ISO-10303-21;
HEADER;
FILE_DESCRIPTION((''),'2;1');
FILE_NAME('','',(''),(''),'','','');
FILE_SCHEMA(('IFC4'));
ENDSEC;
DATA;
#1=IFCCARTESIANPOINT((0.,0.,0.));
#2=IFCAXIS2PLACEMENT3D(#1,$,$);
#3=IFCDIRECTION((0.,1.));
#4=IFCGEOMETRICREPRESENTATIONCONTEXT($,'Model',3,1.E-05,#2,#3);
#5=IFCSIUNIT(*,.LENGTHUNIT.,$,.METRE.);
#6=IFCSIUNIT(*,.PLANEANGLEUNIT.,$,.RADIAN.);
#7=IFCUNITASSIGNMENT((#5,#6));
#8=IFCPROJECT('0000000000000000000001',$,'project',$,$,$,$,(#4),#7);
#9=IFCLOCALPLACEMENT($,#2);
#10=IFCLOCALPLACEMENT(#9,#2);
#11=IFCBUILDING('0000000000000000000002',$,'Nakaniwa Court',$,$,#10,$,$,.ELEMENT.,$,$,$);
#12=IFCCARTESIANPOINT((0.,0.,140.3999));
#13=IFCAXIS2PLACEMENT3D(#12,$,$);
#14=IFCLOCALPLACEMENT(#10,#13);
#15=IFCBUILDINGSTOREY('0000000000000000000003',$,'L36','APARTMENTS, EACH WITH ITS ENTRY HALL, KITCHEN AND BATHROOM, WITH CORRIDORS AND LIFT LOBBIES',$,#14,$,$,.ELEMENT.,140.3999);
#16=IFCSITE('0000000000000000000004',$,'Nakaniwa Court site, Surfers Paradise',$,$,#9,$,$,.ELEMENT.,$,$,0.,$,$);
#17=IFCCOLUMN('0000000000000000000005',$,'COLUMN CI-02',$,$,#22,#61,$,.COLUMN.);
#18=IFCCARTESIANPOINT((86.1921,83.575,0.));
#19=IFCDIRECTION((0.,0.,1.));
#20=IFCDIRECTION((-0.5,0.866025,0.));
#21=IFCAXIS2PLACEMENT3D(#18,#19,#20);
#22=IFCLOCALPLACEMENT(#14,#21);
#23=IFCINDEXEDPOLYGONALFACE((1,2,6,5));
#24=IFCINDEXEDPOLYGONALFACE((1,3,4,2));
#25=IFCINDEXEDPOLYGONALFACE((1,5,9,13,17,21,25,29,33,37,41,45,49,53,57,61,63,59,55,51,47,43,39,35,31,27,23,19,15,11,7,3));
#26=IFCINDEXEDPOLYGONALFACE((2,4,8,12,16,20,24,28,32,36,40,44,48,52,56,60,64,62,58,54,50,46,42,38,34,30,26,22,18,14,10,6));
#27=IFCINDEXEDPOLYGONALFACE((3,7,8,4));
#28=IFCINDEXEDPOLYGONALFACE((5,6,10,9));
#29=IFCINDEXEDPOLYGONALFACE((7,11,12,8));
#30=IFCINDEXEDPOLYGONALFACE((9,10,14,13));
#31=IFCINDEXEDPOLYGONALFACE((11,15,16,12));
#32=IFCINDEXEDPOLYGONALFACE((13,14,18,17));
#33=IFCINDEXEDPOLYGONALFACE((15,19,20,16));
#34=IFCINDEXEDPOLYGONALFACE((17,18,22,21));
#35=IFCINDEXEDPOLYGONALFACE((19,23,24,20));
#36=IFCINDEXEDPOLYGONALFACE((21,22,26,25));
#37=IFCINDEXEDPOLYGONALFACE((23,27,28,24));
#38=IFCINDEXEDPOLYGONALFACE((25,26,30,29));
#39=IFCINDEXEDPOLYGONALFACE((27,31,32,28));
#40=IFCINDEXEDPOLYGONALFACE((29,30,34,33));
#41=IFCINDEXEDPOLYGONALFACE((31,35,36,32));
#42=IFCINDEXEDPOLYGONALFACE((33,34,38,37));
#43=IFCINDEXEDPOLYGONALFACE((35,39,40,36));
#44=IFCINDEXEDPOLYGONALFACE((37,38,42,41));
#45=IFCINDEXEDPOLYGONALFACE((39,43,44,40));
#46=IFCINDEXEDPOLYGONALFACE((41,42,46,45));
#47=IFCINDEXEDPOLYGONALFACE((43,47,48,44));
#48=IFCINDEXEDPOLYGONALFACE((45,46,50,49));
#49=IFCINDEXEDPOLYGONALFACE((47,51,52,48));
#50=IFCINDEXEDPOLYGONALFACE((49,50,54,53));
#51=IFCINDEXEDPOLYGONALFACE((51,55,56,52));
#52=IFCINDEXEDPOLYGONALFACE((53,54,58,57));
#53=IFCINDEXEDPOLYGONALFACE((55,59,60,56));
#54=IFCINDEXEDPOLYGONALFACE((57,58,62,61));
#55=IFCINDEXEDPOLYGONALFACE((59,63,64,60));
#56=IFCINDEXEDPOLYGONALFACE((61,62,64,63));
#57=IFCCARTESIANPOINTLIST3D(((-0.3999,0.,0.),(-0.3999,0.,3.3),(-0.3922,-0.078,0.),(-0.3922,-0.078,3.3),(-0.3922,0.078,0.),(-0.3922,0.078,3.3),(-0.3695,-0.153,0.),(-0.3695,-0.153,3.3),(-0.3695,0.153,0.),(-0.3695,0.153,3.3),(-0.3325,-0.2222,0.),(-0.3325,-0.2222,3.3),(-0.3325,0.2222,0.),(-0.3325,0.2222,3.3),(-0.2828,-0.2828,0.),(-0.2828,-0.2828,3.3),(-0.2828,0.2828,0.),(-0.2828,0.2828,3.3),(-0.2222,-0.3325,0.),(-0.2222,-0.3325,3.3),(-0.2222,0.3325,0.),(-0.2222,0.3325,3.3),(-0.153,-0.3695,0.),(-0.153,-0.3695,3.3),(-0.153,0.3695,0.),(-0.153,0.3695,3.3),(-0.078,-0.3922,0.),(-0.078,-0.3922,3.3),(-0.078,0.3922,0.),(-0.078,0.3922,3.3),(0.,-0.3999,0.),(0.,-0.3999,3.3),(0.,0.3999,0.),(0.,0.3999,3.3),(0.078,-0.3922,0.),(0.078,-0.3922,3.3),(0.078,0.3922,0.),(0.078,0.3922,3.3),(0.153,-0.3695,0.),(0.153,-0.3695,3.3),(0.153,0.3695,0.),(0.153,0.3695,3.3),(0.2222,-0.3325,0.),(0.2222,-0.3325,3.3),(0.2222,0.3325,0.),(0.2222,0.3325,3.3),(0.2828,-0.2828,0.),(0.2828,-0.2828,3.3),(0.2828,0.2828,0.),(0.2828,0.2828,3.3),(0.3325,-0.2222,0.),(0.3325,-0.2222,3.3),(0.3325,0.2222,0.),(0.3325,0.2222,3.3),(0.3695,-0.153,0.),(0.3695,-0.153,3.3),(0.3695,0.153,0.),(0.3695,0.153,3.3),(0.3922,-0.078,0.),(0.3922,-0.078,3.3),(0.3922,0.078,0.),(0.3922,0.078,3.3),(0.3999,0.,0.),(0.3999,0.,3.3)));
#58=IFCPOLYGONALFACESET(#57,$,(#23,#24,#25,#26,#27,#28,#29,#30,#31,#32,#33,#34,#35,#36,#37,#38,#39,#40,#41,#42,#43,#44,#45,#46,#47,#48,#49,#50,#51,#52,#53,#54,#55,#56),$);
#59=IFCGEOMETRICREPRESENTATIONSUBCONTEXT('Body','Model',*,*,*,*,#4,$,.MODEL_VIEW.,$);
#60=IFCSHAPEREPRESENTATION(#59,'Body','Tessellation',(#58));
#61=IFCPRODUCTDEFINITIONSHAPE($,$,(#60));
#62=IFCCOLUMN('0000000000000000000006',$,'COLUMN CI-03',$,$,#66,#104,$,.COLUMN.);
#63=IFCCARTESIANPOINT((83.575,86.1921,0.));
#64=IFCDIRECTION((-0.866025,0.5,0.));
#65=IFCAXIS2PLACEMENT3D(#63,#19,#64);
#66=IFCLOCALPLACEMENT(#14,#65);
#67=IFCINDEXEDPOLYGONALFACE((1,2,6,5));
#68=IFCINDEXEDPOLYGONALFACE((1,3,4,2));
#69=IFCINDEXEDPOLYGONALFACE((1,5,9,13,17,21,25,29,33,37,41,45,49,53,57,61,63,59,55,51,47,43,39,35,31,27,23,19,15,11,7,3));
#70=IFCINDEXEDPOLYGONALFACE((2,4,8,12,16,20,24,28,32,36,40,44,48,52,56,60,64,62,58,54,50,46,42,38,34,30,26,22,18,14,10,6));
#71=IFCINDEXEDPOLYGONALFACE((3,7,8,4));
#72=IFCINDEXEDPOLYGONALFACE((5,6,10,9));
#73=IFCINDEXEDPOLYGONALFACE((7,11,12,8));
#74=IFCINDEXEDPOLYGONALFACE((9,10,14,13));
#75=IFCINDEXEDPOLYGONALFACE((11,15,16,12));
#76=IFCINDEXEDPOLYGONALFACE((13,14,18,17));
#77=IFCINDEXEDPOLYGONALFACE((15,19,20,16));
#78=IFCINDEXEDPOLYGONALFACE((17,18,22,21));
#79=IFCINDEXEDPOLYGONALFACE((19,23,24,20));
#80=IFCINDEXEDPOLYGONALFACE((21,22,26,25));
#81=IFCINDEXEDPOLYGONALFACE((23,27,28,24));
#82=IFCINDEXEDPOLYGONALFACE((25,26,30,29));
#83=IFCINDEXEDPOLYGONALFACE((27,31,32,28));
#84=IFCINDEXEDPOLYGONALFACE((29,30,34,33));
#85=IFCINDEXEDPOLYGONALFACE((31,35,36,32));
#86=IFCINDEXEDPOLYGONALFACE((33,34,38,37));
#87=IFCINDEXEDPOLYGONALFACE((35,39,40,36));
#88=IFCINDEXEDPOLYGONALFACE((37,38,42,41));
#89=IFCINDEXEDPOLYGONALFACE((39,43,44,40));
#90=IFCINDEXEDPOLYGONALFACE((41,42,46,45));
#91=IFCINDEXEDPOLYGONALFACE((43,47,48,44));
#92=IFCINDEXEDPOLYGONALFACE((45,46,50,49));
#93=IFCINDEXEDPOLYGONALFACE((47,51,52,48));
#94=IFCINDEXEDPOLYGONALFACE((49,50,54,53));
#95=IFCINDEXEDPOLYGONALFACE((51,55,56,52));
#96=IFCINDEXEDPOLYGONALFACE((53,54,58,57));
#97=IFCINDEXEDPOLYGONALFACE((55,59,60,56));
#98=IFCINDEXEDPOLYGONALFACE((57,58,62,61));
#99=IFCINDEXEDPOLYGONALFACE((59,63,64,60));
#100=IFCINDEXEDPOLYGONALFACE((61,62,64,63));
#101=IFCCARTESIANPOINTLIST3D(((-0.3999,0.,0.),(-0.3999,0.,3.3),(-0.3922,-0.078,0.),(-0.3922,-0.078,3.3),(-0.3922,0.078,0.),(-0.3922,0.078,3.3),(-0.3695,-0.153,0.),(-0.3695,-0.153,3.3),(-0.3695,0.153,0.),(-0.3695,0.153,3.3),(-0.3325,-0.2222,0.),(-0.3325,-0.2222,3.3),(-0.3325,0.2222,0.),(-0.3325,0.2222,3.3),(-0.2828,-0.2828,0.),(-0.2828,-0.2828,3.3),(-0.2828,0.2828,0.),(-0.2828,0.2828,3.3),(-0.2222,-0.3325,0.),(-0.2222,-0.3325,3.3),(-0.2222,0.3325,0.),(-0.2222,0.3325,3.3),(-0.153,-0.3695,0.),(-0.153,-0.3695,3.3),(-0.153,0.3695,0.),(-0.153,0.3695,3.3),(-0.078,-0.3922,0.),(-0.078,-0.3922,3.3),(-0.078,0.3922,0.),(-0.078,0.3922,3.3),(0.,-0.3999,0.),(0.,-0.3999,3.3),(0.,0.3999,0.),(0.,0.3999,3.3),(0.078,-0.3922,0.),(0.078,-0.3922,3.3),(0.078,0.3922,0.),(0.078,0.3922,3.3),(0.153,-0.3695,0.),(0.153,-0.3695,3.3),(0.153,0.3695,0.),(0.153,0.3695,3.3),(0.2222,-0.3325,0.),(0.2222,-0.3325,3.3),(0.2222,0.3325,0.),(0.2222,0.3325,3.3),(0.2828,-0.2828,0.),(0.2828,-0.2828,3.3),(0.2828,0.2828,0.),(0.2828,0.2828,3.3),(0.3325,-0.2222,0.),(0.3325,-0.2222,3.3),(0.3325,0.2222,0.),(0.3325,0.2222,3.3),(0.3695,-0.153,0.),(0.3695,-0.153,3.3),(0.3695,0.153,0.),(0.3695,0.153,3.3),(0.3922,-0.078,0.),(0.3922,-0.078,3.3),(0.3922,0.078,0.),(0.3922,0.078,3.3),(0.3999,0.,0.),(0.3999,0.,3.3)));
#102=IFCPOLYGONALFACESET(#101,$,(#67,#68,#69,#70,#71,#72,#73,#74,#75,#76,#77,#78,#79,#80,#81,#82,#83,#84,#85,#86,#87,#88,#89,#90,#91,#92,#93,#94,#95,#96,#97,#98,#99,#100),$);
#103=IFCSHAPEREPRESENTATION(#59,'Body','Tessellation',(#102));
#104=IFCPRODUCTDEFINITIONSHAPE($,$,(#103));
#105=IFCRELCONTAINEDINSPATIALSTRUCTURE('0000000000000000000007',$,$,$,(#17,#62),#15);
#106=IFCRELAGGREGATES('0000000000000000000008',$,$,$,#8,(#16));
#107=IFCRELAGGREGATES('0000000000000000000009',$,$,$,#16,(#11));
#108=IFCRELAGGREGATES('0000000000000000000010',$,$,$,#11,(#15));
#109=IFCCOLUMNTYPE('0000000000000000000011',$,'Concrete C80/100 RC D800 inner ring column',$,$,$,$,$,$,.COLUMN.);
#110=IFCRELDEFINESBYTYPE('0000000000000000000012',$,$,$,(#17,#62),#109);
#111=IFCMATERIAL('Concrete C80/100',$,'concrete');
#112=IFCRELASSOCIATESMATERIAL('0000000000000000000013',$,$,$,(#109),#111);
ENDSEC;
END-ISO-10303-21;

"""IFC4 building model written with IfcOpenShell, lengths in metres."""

from ifc_helpers import new_model, si_unit, direction, frame, origin, origin_2d, place, context, subcontext, project, spatial, circle, extrude, material, material_profile, profile_set, type_object, element, save


model = new_model("IFC4")

# Units and contexts
model_context = context("Model", 3, precision=1e-05, world=origin(), true_north=direction((0.0, 1.0)))
body_context = subcontext(model_context, "Body", "Model", "MODEL_VIEW")
ifc_project = project(units=[si_unit("LENGTHUNIT", "METRE"), si_unit("PLANEANGLEUNIT", "RADIAN")], contexts=[model_context])

# Site, building, storey
site_placement = place(None, origin())
site = spatial("IfcSite", under=ifc_project, at=site_placement, Name="Nakaniwa Court site, Surfers Paradise", CompositionType="ELEMENT", RefElevation=0.0)
building_placement = place(site_placement, origin())
building = spatial("IfcBuilding", under=site, at=building_placement, Name="Nakaniwa Court", CompositionType="ELEMENT")
storey_placement = place(building_placement, frame((0.0, 0.0, 140.3999)))
storey = spatial("IfcBuildingStorey", under=building, at=storey_placement, Name="L36", Description="APARTMENTS, EACH WITH ITS ENTRY HALL, KITCHEN AND BATHROOM, WITH CORRIDORS AND LIFT LOBBIES", CompositionType="ELEMENT", Elevation=140.3999)

# Columns
ifc_material_1 = material(Name="Concrete C80/100", Category="concrete")
ifc_material_profile_1 = material_profile(ifc_material_1, circle(Radius=0.3999, at=origin_2d()), Name="Concrete C80/100 RC D800 inner ring column")
ifc_profile_set_1 = profile_set([ifc_material_profile_1], Name="Concrete C80/100")
column_type = type_object("IfcColumnType", Name="Concrete C80/100 RC D800 inner ring column", PredefinedType="COLUMN", material=ifc_profile_set_1)
for number, where, z_axis, x_axis, name in (
    (1, (86.1921, 83.575, 0.0), (0.0, 0.0, 1.0), (-0.5, 0.866025, 0.0), "COLUMN CI-02"),
    (2, (83.575, 86.1921, 0.0), (0.0, 0.0, 1.0), (-0.866025, 0.5, 0.0), "COLUMN CI-03"),
):
    element("IfcColumn", number, at=place(storey_placement, frame(where, z_axis=z_axis, x_axis=x_axis)), inside=storey, type_object=column_type, Name=name, PredefinedType="COLUMN", context=body_context, shape_type="SweptSolid", body=[
        extrude(circle(Radius=0.3999, at=origin_2d()), origin(), (0.0, 0.0, 1.0), 3.3),
    ])

save(model, "model.ifc")
